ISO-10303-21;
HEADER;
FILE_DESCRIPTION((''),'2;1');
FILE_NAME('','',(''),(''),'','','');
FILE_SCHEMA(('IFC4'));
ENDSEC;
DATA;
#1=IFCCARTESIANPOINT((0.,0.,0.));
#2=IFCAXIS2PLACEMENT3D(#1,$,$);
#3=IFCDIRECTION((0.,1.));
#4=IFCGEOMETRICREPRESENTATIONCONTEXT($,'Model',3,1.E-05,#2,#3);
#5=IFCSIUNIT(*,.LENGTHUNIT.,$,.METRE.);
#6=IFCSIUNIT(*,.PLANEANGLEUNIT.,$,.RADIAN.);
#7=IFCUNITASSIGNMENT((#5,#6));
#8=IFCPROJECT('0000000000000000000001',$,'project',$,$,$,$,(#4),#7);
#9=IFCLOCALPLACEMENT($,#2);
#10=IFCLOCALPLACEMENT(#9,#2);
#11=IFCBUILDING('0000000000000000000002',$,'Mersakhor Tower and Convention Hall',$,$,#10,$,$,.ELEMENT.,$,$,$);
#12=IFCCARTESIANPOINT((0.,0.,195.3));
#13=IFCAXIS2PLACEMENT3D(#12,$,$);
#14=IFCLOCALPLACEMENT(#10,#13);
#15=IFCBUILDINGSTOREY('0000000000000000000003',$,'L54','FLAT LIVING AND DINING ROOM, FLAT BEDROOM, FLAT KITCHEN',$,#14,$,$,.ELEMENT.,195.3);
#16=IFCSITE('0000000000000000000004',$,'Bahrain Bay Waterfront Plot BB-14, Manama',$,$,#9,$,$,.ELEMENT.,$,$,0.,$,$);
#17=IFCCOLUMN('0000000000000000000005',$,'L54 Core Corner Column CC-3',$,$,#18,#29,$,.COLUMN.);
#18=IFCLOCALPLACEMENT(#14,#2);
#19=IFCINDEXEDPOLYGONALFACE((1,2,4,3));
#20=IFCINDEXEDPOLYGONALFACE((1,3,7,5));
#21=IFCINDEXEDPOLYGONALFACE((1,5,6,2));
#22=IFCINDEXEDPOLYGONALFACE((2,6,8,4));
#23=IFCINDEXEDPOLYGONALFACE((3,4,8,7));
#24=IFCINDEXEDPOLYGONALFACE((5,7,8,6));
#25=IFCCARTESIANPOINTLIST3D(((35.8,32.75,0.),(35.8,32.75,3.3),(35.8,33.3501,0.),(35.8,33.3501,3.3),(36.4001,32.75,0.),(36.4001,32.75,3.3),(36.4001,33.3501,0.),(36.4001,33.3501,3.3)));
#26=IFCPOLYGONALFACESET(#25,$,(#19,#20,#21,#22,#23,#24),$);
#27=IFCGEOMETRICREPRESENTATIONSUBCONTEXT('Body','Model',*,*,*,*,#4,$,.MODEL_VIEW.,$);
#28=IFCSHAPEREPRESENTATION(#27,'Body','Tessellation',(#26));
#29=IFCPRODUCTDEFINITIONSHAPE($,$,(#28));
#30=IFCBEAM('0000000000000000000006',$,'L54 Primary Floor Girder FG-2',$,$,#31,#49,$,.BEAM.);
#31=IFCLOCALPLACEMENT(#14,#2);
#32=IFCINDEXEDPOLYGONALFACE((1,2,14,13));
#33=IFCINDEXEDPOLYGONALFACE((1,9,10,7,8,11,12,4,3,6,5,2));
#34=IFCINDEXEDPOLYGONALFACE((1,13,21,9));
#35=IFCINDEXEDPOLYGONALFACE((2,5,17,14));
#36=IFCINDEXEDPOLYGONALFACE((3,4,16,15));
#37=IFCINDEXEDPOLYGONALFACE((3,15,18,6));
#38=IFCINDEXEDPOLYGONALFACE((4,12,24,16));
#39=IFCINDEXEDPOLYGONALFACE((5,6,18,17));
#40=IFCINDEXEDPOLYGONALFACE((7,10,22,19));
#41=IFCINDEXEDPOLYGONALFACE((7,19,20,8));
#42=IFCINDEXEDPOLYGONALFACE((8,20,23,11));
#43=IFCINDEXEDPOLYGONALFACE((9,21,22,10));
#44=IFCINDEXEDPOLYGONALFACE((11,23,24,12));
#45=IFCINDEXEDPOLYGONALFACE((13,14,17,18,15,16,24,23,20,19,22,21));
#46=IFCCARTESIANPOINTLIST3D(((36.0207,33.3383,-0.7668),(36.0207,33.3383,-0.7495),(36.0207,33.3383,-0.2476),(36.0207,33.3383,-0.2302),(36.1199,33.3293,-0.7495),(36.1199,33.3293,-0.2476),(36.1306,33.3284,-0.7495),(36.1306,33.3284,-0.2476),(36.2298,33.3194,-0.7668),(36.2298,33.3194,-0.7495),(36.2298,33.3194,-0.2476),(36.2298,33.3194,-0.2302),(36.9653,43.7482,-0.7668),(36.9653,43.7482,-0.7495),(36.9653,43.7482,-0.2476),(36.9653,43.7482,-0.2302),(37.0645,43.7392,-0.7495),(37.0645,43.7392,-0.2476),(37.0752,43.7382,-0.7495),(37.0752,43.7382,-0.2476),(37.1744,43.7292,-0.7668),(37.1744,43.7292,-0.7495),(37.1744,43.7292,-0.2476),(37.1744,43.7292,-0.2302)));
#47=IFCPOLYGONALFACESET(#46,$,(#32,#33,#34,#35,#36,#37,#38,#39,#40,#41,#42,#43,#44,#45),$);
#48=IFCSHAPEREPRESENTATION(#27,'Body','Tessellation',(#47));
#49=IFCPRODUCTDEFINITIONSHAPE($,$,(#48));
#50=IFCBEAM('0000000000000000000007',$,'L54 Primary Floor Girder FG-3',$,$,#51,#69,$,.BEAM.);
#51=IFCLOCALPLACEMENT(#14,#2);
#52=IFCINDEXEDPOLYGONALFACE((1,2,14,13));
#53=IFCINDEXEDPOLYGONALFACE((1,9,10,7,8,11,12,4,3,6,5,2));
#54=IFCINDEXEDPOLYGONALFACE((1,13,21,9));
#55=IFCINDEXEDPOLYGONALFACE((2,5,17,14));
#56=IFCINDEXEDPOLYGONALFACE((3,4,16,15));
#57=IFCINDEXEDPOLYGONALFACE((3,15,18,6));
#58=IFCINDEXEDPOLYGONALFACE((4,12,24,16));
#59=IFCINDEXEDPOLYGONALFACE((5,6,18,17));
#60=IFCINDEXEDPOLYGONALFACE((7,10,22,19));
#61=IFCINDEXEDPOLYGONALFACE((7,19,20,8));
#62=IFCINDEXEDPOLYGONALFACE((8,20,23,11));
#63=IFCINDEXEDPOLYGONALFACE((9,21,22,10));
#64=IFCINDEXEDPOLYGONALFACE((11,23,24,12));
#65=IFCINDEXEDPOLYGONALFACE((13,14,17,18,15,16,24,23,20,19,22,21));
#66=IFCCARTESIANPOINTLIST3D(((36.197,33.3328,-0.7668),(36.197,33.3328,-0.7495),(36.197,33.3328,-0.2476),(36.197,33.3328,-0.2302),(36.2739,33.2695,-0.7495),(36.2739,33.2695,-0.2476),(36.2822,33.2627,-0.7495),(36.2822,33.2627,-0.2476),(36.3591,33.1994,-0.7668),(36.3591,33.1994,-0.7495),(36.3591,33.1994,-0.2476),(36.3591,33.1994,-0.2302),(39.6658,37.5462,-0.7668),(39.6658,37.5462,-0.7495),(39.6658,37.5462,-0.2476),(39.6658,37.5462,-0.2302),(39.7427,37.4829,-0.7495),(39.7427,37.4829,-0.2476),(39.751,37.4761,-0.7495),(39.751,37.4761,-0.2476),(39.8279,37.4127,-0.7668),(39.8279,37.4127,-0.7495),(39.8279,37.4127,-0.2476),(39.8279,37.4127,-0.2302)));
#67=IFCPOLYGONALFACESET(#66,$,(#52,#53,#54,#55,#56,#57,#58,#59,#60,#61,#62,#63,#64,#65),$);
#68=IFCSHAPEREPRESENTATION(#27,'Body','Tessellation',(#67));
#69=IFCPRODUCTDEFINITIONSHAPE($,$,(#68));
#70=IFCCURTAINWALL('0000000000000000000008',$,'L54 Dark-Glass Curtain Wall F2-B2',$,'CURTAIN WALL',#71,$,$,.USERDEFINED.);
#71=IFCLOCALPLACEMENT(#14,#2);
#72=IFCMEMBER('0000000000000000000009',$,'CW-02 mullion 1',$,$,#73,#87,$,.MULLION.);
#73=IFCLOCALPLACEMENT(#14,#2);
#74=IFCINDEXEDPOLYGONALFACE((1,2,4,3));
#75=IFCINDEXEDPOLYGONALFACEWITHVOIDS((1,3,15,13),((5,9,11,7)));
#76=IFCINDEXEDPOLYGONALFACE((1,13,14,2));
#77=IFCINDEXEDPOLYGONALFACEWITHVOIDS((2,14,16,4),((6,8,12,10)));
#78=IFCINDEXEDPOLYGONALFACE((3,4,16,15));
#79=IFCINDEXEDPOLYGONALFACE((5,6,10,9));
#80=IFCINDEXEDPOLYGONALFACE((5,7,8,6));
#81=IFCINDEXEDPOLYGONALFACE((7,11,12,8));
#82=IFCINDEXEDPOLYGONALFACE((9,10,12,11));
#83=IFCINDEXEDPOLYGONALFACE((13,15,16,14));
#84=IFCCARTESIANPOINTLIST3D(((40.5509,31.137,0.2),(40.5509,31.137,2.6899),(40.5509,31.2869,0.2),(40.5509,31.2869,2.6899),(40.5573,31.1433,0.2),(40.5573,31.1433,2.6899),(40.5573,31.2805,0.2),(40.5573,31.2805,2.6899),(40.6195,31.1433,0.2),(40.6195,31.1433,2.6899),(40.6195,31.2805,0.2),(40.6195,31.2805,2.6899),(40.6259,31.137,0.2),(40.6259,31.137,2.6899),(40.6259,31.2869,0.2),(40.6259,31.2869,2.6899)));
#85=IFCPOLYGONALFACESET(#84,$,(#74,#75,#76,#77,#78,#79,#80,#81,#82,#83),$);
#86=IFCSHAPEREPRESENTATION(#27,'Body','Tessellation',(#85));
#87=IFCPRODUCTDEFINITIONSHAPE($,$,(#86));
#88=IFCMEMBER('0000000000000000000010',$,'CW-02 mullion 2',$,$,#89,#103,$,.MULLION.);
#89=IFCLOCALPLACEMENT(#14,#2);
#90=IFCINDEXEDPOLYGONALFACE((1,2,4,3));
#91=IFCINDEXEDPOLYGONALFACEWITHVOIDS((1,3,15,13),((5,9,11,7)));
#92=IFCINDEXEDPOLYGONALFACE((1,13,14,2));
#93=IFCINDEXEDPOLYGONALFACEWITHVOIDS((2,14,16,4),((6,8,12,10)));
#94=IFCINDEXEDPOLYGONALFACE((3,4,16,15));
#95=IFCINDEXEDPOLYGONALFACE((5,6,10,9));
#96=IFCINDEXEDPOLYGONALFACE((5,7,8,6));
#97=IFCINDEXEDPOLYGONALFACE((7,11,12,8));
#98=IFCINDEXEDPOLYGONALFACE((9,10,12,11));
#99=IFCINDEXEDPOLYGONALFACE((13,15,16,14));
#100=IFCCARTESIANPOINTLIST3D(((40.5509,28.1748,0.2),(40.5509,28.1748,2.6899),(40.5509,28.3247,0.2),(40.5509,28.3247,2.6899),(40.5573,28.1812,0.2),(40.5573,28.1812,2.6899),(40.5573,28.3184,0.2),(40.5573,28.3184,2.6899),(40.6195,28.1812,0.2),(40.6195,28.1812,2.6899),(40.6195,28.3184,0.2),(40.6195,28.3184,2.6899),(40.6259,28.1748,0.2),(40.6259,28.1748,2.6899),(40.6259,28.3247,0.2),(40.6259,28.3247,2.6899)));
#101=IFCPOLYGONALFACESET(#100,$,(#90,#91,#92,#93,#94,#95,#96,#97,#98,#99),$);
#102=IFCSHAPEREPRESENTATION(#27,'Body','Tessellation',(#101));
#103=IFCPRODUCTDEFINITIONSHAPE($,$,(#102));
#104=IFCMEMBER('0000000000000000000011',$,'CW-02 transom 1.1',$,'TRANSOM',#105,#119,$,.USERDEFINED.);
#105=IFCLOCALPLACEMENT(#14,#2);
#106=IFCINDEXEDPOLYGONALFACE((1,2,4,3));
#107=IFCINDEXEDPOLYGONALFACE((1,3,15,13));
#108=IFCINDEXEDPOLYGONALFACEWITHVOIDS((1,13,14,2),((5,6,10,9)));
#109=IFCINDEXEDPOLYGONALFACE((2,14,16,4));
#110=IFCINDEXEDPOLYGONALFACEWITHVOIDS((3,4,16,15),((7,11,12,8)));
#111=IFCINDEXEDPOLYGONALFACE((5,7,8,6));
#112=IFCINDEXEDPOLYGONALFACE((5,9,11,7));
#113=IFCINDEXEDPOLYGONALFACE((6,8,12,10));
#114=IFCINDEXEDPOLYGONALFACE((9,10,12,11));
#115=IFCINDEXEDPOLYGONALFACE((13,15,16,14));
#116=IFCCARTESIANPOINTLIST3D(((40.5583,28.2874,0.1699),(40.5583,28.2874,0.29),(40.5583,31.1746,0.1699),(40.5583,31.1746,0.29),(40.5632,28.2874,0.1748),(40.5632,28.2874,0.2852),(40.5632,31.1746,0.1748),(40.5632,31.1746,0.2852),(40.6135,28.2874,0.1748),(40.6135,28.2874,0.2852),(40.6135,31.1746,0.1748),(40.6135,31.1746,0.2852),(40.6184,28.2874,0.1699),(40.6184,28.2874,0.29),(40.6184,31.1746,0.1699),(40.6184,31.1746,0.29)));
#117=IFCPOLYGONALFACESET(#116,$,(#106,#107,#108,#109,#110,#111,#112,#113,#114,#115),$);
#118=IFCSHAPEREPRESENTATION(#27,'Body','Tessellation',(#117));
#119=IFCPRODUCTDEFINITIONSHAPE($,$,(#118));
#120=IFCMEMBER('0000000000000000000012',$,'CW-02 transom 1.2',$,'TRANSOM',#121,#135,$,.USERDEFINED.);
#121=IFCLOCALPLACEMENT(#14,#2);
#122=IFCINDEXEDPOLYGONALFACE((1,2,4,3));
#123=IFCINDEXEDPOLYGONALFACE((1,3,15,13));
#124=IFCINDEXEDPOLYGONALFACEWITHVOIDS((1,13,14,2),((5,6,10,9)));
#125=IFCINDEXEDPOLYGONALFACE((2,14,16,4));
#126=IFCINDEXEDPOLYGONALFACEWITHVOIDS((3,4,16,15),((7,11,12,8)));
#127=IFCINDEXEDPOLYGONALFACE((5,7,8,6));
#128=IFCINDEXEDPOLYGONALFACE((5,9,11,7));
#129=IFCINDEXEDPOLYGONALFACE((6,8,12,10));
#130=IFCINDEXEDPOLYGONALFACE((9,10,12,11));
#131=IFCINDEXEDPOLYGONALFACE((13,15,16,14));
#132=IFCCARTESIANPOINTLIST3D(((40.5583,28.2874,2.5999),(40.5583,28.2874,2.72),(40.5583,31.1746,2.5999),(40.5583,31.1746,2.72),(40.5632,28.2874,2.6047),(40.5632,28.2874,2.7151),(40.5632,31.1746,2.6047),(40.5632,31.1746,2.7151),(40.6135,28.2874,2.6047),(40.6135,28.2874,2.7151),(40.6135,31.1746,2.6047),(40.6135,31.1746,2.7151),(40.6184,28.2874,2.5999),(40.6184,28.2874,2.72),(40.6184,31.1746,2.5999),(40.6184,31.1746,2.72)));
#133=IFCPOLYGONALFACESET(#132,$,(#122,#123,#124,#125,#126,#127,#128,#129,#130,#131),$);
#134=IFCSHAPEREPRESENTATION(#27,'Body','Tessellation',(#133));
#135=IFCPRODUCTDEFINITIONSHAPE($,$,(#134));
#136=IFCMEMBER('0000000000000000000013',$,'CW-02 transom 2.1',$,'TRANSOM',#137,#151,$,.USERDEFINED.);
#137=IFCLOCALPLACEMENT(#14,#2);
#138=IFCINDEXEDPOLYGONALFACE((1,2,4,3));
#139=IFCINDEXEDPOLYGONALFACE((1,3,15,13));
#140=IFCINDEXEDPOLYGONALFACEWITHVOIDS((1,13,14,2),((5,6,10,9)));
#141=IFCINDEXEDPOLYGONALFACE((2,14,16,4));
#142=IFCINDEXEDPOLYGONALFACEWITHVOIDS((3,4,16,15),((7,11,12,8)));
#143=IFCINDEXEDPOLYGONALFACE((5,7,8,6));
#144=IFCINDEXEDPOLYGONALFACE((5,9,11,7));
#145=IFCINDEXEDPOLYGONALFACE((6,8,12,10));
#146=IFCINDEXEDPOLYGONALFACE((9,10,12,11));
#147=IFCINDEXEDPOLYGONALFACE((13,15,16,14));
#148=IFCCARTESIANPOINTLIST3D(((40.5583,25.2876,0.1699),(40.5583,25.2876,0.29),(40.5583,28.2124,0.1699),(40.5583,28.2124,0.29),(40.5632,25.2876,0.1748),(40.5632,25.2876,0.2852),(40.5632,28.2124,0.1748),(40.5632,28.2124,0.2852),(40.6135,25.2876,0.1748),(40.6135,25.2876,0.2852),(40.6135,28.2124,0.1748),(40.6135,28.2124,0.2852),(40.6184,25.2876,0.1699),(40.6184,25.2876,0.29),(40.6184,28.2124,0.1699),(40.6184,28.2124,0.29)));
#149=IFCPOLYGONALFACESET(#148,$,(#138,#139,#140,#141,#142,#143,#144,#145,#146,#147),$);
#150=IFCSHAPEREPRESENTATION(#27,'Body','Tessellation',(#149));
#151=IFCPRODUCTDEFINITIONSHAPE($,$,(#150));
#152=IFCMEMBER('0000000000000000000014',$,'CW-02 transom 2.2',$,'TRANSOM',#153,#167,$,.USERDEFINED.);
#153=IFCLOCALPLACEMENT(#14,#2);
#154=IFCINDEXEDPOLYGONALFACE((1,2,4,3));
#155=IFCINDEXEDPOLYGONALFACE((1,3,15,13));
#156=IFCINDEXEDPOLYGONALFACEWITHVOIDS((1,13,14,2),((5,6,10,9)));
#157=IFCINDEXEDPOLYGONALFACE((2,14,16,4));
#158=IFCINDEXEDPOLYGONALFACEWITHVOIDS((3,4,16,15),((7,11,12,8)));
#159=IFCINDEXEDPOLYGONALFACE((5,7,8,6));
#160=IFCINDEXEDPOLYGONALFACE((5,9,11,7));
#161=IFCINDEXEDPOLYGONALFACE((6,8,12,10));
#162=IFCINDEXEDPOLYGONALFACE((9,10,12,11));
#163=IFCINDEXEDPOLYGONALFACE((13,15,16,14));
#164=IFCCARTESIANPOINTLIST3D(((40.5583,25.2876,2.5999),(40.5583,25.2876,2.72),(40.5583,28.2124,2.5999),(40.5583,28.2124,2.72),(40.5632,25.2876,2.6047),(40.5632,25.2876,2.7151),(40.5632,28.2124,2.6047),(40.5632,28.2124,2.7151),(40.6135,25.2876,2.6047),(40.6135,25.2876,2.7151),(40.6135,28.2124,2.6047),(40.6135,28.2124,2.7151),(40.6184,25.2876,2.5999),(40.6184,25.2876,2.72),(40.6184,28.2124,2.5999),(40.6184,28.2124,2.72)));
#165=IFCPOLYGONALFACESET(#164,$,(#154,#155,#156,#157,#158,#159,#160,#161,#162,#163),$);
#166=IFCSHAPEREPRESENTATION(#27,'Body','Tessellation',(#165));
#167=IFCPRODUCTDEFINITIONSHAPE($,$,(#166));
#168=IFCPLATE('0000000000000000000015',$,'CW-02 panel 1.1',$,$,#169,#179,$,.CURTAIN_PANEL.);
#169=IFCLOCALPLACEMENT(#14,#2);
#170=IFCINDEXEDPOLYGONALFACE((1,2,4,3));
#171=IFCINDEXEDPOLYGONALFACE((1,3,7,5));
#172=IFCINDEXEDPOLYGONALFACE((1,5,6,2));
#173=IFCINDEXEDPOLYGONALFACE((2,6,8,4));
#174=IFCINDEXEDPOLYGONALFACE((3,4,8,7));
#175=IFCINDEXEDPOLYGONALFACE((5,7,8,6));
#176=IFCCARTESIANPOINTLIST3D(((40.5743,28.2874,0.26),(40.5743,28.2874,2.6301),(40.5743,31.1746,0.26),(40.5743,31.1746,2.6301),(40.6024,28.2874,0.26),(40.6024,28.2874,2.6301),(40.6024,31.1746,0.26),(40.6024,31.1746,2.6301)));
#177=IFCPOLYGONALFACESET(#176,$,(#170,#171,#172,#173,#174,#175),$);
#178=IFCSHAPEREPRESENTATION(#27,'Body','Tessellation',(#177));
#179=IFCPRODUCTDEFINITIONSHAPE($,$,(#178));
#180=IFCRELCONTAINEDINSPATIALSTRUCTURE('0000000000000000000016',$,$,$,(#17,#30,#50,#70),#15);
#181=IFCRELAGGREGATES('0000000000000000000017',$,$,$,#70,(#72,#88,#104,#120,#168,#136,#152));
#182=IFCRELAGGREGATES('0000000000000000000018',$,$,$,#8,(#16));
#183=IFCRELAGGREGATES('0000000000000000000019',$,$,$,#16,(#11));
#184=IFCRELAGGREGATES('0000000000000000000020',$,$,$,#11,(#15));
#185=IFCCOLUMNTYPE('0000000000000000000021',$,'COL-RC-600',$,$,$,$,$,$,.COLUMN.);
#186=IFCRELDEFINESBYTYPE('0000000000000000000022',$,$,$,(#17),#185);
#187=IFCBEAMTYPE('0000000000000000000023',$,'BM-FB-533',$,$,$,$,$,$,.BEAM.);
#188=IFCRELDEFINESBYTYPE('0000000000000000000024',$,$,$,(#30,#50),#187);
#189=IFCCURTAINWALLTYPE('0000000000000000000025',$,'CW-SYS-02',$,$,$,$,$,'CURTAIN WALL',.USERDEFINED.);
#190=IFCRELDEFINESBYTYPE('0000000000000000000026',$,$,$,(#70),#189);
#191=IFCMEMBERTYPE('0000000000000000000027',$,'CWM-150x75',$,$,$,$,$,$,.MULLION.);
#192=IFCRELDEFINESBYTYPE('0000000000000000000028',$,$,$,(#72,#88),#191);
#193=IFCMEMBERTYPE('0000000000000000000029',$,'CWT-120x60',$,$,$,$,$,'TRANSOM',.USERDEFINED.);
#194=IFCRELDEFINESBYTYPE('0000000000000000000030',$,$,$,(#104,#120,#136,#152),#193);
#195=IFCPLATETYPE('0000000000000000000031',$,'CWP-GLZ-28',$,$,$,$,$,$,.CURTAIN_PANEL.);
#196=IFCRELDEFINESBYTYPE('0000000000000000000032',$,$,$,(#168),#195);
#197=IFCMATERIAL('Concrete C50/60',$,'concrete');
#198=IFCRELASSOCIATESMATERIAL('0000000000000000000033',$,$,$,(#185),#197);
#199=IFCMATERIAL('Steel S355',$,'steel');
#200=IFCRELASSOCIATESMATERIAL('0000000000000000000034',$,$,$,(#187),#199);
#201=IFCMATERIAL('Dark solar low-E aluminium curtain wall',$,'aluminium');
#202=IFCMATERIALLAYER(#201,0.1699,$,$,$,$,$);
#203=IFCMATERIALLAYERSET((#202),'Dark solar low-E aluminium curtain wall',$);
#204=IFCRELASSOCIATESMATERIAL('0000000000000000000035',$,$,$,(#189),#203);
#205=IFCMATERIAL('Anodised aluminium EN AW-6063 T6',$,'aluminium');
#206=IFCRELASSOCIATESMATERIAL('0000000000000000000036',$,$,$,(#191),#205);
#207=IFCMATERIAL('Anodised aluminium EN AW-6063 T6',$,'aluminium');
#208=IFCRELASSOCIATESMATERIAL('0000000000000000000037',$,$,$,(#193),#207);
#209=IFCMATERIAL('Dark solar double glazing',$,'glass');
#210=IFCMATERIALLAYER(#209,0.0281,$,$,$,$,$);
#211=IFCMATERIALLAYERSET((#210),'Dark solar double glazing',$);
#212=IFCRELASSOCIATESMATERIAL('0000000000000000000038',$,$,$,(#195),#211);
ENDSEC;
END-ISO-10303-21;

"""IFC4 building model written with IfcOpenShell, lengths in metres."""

from ifc_helpers import new_model, si_unit, direction, frame, origin, origin_2d, place, context, subcontext, project, spatial, rectangle, hollow_rectangle, i_section, extrude, material, layer, layer_set, material_profile, profile_set, type_object, element, aggregate, save


model = new_model("IFC4")

# Units and contexts
model_context = context("Model", 3, precision=1e-05, world=origin(), true_north=direction((0.0, 1.0)))
body_context = subcontext(model_context, "Body", "Model", "MODEL_VIEW")
ifc_project = project(units=[si_unit("LENGTHUNIT", "METRE"), si_unit("PLANEANGLEUNIT", "RADIAN")], contexts=[model_context])

# Site, building, storey
site_placement = place(None, origin())
site = spatial("IfcSite", under=ifc_project, at=site_placement, Name="Bahrain Bay Waterfront Plot BB-14, Manama", CompositionType="ELEMENT", RefElevation=0.0)
building_placement = place(site_placement, origin())
building = spatial("IfcBuilding", under=site, at=building_placement, Name="Mersakhor Tower and Convention Hall", CompositionType="ELEMENT")
storey_placement = place(building_placement, frame((0.0, 0.0, 195.3)))
storey = spatial("IfcBuildingStorey", under=building, at=storey_placement, Name="L54", Description="FLAT LIVING AND DINING ROOM, FLAT BEDROOM, FLAT KITCHEN", CompositionType="ELEMENT", Elevation=195.3)

# Column
ifc_material_1 = material(Name="Concrete C50/60", Category="concrete")
ifc_material_profile_1 = material_profile(ifc_material_1, rectangle(XDim=0.6001, YDim=0.6001, at=origin_2d()), Name="RC 600x600")
ifc_profile_set_1 = profile_set([ifc_material_profile_1], Name="Concrete C50/60")
column_type = type_object("IfcColumnType", Name="COL-RC-600", PredefinedType="COLUMN", material=ifc_profile_set_1)
column_placement = place(storey_placement, frame((36.1001, 33.05, 0.0), z_axis=(0.0, 0.0, 1.0), x_axis=(1.0, 0.0, 0.0)))
element("IfcColumn", 1, at=column_placement, inside=storey, type_object=column_type, Name="L54 Core Corner Column CC-3", PredefinedType="COLUMN", context=body_context, shape_type="SweptSolid", body=[
    extrude(rectangle(XDim=0.6001, YDim=0.6001, at=origin_2d()), origin(), (0.0, 0.0, 1.0), 3.3),
])

# Beams
ifc_material_2 = material(Name="Steel S355", Category="steel")
ifc_material_profile_2 = material_profile(ifc_material_2, i_section(OverallWidth=0.21, OverallDepth=0.5366, WebThickness=0.0107, FlangeThickness=0.0173, at=origin_2d()), Name="UB 533x210x101")
ifc_profile_set_2 = profile_set([ifc_material_profile_2], Name="Steel S355")
beam_type = type_object("IfcBeamType", Name="BM-FB-533", PredefinedType="BEAM", material=ifc_profile_set_2)
beam_1_placement = place(storey_placement, frame((36.1252, 33.3289, -0.4985), z_axis=(0.090367, 0.995909, 0.0), x_axis=(-0.995909, 0.090367, 0.0)))
element("IfcBeam", 2, at=beam_1_placement, inside=storey, type_object=beam_type, Name="L54 Primary Floor Girder FG-2", PredefinedType="BEAM", context=body_context, shape_type="SweptSolid", body=[
    extrude(i_section(OverallWidth=0.21, OverallDepth=0.5366, WebThickness=0.0107, FlangeThickness=0.0173, at=origin_2d()), origin(), (0.0, 0.0, 1.0), 10.4526),
])
beam_2_placement = place(storey_placement, frame((36.2781, 33.2661, -0.4985), z_axis=(0.635588, 0.772028, 0.0), x_axis=(-0.772028, 0.635588, 0.0)))
element("IfcBeam", 3, at=beam_2_placement, inside=storey, type_object=beam_type, Name="L54 Primary Floor Girder FG-3", PredefinedType="BEAM", context=body_context, shape_type="SweptSolid", body=[
    extrude(i_section(OverallWidth=0.21, OverallDepth=0.5366, WebThickness=0.0107, FlangeThickness=0.0173, at=origin_2d()), origin(), (0.0, 0.0, 1.0), 5.4575),
])

# Curtain wall, members, plate
ifc_material_3 = material(Name="Dark solar low-E aluminium curtain wall", Category="aluminium")
ifc_layer_1 = layer(ifc_material_3, 0.1699)
ifc_layer_set_1 = layer_set([ifc_layer_1], Name="Dark solar low-E aluminium curtain wall")
curtain_wall_type = type_object("IfcCurtainWallType", Name="CW-SYS-02", ElementType="CURTAIN WALL", PredefinedType="USERDEFINED", material=ifc_layer_set_1)
curtain_wall_placement = place(storey_placement, origin())
curtain_wall = element("IfcCurtainWall", 4, at=curtain_wall_placement, inside=storey, type_object=curtain_wall_type, Name="L54 Dark-Glass Curtain Wall F2-B2", ObjectType="CURTAIN WALL", PredefinedType="USERDEFINED")
ifc_material_4 = material(Name="Anodised aluminium EN AW-6063 T6", Category="aluminium")
ifc_material_profile_3 = material_profile(ifc_material_4, hollow_rectangle(XDim=0.075, YDim=0.1499, WallThickness=0.0063, at=origin_2d()), Name="RHS 150x75x6.3")
ifc_profile_set_3 = profile_set([ifc_material_profile_3], Name="Anodised aluminium EN AW-6063 T6")
member_type_1 = type_object("IfcMemberType", Name="CWM-150x75", PredefinedType="MULLION", material=ifc_profile_set_3)
member_1_placement = place(storey_placement, frame((40.5884, 31.2119, 0.2), z_axis=(0.0, 0.0, 1.0), x_axis=(1.0, 0.0, 0.0)))
member_1 = element("IfcMember", 5, at=member_1_placement, type_object=member_type_1, Name="CW-02 mullion 1", PredefinedType="MULLION", context=body_context, shape_type="SweptSolid", body=[
    extrude(hollow_rectangle(XDim=0.075, YDim=0.1499, WallThickness=0.0063, at=origin_2d()), origin(), (0.0, 0.0, 1.0), 2.49),
])
member_2_placement = place(storey_placement, frame((40.5884, 28.2498, 0.2), z_axis=(0.0, 0.0, 1.0), x_axis=(1.0, 0.0, 0.0)))
member_2 = element("IfcMember", 6, at=member_2_placement, type_object=member_type_1, Name="CW-02 mullion 2", PredefinedType="MULLION", context=body_context, shape_type="SweptSolid", body=[
    extrude(hollow_rectangle(XDim=0.075, YDim=0.1499, WallThickness=0.0063, at=origin_2d()), origin(), (0.0, 0.0, 1.0), 2.49),
])
ifc_material_5 = material(Name="Anodised aluminium EN AW-6063 T6", Category="aluminium")
ifc_material_profile_4 = material_profile(ifc_material_5, hollow_rectangle(XDim=0.0601, YDim=0.1201, WallThickness=0.0049, at=origin_2d()), Name="RHS 120x60x5")
ifc_profile_set_4 = profile_set([ifc_material_profile_4], Name="Anodised aluminium EN AW-6063 T6")
member_type_2 = type_object("IfcMemberType", Name="CWT-120x60", ElementType="TRANSOM", PredefinedType="USERDEFINED", material=ifc_profile_set_4)
member_3_placement = place(storey_placement, frame((40.5884, 31.1746, 0.23), z_axis=(0.0, -1.0, 0.0), x_axis=(1.0, 0.0, 0.0)))
member_3 = element("IfcMember", 7, at=member_3_placement, type_object=member_type_2, Name="CW-02 transom 1.1", ObjectType="TRANSOM", PredefinedType="USERDEFINED", context=body_context, shape_type="SweptSolid", body=[
    extrude(hollow_rectangle(XDim=0.0601, YDim=0.1201, WallThickness=0.0049, at=origin_2d()), origin(), (0.0, 0.0, 1.0), 2.8872),
])
member_4_placement = place(storey_placement, frame((40.5884, 31.1746, 2.6599), z_axis=(0.0, -1.0, 0.0), x_axis=(1.0, 0.0, 0.0)))
member_4 = element("IfcMember", 8, at=member_4_placement, type_object=member_type_2, Name="CW-02 transom 1.2", ObjectType="TRANSOM", PredefinedType="USERDEFINED", context=body_context, shape_type="SweptSolid", body=[
    extrude(hollow_rectangle(XDim=0.0601, YDim=0.1201, WallThickness=0.0049, at=origin_2d()), origin(), (0.0, 0.0, 1.0), 2.8872),
])
member_5_placement = place(storey_placement, frame((40.5884, 28.2124, 0.23), z_axis=(0.0, -1.0, 0.0), x_axis=(1.0, 0.0, 0.0)))
member_5 = element("IfcMember", 9, at=member_5_placement, type_object=member_type_2, Name="CW-02 transom 2.1", ObjectType="TRANSOM", PredefinedType="USERDEFINED", context=body_context, shape_type="SweptSolid", body=[
    extrude(hollow_rectangle(XDim=0.0601, YDim=0.1201, WallThickness=0.0049, at=origin_2d()), origin(), (0.0, 0.0, 1.0), 2.9248),
])
member_6_placement = place(storey_placement, frame((40.5884, 28.2124, 2.6599), z_axis=(0.0, -1.0, 0.0), x_axis=(1.0, 0.0, 0.0)))
member_6 = element("IfcMember", 10, at=member_6_placement, type_object=member_type_2, Name="CW-02 transom 2.2", ObjectType="TRANSOM", PredefinedType="USERDEFINED", context=body_context, shape_type="SweptSolid", body=[
    extrude(hollow_rectangle(XDim=0.0601, YDim=0.1201, WallThickness=0.0049, at=origin_2d()), origin(), (0.0, 0.0, 1.0), 2.9248),
])
ifc_material_6 = material(Name="Dark solar double glazing", Category="glass")
ifc_layer_2 = layer(ifc_material_6, 0.0281)
ifc_layer_set_2 = layer_set([ifc_layer_2], Name="Dark solar double glazing")
plate_type_1 = type_object("IfcPlateType", Name="CWP-GLZ-28", PredefinedType="CURTAIN_PANEL", material=ifc_layer_set_2)
plate_1_placement = place(storey_placement, frame((40.5884, 29.731, 0.26), z_axis=(0.0, 0.0, 1.0), x_axis=(0.0, -1.0, 0.0)))
plate_1 = element("IfcPlate", 11, at=plate_1_placement, type_object=plate_type_1, Name="CW-02 panel 1.1", PredefinedType="CURTAIN_PANEL", context=body_context, shape_type="SweptSolid", body=[
    extrude(rectangle(XDim=2.8872, YDim=0.0281, at=origin_2d()), origin(), (0.0, 0.0, 1.0), 2.3701),
])
aggregate(curtain_wall, [member_1, member_2, member_3, member_4, plate_1, member_5, member_6])

save(model, "model.ifc")
